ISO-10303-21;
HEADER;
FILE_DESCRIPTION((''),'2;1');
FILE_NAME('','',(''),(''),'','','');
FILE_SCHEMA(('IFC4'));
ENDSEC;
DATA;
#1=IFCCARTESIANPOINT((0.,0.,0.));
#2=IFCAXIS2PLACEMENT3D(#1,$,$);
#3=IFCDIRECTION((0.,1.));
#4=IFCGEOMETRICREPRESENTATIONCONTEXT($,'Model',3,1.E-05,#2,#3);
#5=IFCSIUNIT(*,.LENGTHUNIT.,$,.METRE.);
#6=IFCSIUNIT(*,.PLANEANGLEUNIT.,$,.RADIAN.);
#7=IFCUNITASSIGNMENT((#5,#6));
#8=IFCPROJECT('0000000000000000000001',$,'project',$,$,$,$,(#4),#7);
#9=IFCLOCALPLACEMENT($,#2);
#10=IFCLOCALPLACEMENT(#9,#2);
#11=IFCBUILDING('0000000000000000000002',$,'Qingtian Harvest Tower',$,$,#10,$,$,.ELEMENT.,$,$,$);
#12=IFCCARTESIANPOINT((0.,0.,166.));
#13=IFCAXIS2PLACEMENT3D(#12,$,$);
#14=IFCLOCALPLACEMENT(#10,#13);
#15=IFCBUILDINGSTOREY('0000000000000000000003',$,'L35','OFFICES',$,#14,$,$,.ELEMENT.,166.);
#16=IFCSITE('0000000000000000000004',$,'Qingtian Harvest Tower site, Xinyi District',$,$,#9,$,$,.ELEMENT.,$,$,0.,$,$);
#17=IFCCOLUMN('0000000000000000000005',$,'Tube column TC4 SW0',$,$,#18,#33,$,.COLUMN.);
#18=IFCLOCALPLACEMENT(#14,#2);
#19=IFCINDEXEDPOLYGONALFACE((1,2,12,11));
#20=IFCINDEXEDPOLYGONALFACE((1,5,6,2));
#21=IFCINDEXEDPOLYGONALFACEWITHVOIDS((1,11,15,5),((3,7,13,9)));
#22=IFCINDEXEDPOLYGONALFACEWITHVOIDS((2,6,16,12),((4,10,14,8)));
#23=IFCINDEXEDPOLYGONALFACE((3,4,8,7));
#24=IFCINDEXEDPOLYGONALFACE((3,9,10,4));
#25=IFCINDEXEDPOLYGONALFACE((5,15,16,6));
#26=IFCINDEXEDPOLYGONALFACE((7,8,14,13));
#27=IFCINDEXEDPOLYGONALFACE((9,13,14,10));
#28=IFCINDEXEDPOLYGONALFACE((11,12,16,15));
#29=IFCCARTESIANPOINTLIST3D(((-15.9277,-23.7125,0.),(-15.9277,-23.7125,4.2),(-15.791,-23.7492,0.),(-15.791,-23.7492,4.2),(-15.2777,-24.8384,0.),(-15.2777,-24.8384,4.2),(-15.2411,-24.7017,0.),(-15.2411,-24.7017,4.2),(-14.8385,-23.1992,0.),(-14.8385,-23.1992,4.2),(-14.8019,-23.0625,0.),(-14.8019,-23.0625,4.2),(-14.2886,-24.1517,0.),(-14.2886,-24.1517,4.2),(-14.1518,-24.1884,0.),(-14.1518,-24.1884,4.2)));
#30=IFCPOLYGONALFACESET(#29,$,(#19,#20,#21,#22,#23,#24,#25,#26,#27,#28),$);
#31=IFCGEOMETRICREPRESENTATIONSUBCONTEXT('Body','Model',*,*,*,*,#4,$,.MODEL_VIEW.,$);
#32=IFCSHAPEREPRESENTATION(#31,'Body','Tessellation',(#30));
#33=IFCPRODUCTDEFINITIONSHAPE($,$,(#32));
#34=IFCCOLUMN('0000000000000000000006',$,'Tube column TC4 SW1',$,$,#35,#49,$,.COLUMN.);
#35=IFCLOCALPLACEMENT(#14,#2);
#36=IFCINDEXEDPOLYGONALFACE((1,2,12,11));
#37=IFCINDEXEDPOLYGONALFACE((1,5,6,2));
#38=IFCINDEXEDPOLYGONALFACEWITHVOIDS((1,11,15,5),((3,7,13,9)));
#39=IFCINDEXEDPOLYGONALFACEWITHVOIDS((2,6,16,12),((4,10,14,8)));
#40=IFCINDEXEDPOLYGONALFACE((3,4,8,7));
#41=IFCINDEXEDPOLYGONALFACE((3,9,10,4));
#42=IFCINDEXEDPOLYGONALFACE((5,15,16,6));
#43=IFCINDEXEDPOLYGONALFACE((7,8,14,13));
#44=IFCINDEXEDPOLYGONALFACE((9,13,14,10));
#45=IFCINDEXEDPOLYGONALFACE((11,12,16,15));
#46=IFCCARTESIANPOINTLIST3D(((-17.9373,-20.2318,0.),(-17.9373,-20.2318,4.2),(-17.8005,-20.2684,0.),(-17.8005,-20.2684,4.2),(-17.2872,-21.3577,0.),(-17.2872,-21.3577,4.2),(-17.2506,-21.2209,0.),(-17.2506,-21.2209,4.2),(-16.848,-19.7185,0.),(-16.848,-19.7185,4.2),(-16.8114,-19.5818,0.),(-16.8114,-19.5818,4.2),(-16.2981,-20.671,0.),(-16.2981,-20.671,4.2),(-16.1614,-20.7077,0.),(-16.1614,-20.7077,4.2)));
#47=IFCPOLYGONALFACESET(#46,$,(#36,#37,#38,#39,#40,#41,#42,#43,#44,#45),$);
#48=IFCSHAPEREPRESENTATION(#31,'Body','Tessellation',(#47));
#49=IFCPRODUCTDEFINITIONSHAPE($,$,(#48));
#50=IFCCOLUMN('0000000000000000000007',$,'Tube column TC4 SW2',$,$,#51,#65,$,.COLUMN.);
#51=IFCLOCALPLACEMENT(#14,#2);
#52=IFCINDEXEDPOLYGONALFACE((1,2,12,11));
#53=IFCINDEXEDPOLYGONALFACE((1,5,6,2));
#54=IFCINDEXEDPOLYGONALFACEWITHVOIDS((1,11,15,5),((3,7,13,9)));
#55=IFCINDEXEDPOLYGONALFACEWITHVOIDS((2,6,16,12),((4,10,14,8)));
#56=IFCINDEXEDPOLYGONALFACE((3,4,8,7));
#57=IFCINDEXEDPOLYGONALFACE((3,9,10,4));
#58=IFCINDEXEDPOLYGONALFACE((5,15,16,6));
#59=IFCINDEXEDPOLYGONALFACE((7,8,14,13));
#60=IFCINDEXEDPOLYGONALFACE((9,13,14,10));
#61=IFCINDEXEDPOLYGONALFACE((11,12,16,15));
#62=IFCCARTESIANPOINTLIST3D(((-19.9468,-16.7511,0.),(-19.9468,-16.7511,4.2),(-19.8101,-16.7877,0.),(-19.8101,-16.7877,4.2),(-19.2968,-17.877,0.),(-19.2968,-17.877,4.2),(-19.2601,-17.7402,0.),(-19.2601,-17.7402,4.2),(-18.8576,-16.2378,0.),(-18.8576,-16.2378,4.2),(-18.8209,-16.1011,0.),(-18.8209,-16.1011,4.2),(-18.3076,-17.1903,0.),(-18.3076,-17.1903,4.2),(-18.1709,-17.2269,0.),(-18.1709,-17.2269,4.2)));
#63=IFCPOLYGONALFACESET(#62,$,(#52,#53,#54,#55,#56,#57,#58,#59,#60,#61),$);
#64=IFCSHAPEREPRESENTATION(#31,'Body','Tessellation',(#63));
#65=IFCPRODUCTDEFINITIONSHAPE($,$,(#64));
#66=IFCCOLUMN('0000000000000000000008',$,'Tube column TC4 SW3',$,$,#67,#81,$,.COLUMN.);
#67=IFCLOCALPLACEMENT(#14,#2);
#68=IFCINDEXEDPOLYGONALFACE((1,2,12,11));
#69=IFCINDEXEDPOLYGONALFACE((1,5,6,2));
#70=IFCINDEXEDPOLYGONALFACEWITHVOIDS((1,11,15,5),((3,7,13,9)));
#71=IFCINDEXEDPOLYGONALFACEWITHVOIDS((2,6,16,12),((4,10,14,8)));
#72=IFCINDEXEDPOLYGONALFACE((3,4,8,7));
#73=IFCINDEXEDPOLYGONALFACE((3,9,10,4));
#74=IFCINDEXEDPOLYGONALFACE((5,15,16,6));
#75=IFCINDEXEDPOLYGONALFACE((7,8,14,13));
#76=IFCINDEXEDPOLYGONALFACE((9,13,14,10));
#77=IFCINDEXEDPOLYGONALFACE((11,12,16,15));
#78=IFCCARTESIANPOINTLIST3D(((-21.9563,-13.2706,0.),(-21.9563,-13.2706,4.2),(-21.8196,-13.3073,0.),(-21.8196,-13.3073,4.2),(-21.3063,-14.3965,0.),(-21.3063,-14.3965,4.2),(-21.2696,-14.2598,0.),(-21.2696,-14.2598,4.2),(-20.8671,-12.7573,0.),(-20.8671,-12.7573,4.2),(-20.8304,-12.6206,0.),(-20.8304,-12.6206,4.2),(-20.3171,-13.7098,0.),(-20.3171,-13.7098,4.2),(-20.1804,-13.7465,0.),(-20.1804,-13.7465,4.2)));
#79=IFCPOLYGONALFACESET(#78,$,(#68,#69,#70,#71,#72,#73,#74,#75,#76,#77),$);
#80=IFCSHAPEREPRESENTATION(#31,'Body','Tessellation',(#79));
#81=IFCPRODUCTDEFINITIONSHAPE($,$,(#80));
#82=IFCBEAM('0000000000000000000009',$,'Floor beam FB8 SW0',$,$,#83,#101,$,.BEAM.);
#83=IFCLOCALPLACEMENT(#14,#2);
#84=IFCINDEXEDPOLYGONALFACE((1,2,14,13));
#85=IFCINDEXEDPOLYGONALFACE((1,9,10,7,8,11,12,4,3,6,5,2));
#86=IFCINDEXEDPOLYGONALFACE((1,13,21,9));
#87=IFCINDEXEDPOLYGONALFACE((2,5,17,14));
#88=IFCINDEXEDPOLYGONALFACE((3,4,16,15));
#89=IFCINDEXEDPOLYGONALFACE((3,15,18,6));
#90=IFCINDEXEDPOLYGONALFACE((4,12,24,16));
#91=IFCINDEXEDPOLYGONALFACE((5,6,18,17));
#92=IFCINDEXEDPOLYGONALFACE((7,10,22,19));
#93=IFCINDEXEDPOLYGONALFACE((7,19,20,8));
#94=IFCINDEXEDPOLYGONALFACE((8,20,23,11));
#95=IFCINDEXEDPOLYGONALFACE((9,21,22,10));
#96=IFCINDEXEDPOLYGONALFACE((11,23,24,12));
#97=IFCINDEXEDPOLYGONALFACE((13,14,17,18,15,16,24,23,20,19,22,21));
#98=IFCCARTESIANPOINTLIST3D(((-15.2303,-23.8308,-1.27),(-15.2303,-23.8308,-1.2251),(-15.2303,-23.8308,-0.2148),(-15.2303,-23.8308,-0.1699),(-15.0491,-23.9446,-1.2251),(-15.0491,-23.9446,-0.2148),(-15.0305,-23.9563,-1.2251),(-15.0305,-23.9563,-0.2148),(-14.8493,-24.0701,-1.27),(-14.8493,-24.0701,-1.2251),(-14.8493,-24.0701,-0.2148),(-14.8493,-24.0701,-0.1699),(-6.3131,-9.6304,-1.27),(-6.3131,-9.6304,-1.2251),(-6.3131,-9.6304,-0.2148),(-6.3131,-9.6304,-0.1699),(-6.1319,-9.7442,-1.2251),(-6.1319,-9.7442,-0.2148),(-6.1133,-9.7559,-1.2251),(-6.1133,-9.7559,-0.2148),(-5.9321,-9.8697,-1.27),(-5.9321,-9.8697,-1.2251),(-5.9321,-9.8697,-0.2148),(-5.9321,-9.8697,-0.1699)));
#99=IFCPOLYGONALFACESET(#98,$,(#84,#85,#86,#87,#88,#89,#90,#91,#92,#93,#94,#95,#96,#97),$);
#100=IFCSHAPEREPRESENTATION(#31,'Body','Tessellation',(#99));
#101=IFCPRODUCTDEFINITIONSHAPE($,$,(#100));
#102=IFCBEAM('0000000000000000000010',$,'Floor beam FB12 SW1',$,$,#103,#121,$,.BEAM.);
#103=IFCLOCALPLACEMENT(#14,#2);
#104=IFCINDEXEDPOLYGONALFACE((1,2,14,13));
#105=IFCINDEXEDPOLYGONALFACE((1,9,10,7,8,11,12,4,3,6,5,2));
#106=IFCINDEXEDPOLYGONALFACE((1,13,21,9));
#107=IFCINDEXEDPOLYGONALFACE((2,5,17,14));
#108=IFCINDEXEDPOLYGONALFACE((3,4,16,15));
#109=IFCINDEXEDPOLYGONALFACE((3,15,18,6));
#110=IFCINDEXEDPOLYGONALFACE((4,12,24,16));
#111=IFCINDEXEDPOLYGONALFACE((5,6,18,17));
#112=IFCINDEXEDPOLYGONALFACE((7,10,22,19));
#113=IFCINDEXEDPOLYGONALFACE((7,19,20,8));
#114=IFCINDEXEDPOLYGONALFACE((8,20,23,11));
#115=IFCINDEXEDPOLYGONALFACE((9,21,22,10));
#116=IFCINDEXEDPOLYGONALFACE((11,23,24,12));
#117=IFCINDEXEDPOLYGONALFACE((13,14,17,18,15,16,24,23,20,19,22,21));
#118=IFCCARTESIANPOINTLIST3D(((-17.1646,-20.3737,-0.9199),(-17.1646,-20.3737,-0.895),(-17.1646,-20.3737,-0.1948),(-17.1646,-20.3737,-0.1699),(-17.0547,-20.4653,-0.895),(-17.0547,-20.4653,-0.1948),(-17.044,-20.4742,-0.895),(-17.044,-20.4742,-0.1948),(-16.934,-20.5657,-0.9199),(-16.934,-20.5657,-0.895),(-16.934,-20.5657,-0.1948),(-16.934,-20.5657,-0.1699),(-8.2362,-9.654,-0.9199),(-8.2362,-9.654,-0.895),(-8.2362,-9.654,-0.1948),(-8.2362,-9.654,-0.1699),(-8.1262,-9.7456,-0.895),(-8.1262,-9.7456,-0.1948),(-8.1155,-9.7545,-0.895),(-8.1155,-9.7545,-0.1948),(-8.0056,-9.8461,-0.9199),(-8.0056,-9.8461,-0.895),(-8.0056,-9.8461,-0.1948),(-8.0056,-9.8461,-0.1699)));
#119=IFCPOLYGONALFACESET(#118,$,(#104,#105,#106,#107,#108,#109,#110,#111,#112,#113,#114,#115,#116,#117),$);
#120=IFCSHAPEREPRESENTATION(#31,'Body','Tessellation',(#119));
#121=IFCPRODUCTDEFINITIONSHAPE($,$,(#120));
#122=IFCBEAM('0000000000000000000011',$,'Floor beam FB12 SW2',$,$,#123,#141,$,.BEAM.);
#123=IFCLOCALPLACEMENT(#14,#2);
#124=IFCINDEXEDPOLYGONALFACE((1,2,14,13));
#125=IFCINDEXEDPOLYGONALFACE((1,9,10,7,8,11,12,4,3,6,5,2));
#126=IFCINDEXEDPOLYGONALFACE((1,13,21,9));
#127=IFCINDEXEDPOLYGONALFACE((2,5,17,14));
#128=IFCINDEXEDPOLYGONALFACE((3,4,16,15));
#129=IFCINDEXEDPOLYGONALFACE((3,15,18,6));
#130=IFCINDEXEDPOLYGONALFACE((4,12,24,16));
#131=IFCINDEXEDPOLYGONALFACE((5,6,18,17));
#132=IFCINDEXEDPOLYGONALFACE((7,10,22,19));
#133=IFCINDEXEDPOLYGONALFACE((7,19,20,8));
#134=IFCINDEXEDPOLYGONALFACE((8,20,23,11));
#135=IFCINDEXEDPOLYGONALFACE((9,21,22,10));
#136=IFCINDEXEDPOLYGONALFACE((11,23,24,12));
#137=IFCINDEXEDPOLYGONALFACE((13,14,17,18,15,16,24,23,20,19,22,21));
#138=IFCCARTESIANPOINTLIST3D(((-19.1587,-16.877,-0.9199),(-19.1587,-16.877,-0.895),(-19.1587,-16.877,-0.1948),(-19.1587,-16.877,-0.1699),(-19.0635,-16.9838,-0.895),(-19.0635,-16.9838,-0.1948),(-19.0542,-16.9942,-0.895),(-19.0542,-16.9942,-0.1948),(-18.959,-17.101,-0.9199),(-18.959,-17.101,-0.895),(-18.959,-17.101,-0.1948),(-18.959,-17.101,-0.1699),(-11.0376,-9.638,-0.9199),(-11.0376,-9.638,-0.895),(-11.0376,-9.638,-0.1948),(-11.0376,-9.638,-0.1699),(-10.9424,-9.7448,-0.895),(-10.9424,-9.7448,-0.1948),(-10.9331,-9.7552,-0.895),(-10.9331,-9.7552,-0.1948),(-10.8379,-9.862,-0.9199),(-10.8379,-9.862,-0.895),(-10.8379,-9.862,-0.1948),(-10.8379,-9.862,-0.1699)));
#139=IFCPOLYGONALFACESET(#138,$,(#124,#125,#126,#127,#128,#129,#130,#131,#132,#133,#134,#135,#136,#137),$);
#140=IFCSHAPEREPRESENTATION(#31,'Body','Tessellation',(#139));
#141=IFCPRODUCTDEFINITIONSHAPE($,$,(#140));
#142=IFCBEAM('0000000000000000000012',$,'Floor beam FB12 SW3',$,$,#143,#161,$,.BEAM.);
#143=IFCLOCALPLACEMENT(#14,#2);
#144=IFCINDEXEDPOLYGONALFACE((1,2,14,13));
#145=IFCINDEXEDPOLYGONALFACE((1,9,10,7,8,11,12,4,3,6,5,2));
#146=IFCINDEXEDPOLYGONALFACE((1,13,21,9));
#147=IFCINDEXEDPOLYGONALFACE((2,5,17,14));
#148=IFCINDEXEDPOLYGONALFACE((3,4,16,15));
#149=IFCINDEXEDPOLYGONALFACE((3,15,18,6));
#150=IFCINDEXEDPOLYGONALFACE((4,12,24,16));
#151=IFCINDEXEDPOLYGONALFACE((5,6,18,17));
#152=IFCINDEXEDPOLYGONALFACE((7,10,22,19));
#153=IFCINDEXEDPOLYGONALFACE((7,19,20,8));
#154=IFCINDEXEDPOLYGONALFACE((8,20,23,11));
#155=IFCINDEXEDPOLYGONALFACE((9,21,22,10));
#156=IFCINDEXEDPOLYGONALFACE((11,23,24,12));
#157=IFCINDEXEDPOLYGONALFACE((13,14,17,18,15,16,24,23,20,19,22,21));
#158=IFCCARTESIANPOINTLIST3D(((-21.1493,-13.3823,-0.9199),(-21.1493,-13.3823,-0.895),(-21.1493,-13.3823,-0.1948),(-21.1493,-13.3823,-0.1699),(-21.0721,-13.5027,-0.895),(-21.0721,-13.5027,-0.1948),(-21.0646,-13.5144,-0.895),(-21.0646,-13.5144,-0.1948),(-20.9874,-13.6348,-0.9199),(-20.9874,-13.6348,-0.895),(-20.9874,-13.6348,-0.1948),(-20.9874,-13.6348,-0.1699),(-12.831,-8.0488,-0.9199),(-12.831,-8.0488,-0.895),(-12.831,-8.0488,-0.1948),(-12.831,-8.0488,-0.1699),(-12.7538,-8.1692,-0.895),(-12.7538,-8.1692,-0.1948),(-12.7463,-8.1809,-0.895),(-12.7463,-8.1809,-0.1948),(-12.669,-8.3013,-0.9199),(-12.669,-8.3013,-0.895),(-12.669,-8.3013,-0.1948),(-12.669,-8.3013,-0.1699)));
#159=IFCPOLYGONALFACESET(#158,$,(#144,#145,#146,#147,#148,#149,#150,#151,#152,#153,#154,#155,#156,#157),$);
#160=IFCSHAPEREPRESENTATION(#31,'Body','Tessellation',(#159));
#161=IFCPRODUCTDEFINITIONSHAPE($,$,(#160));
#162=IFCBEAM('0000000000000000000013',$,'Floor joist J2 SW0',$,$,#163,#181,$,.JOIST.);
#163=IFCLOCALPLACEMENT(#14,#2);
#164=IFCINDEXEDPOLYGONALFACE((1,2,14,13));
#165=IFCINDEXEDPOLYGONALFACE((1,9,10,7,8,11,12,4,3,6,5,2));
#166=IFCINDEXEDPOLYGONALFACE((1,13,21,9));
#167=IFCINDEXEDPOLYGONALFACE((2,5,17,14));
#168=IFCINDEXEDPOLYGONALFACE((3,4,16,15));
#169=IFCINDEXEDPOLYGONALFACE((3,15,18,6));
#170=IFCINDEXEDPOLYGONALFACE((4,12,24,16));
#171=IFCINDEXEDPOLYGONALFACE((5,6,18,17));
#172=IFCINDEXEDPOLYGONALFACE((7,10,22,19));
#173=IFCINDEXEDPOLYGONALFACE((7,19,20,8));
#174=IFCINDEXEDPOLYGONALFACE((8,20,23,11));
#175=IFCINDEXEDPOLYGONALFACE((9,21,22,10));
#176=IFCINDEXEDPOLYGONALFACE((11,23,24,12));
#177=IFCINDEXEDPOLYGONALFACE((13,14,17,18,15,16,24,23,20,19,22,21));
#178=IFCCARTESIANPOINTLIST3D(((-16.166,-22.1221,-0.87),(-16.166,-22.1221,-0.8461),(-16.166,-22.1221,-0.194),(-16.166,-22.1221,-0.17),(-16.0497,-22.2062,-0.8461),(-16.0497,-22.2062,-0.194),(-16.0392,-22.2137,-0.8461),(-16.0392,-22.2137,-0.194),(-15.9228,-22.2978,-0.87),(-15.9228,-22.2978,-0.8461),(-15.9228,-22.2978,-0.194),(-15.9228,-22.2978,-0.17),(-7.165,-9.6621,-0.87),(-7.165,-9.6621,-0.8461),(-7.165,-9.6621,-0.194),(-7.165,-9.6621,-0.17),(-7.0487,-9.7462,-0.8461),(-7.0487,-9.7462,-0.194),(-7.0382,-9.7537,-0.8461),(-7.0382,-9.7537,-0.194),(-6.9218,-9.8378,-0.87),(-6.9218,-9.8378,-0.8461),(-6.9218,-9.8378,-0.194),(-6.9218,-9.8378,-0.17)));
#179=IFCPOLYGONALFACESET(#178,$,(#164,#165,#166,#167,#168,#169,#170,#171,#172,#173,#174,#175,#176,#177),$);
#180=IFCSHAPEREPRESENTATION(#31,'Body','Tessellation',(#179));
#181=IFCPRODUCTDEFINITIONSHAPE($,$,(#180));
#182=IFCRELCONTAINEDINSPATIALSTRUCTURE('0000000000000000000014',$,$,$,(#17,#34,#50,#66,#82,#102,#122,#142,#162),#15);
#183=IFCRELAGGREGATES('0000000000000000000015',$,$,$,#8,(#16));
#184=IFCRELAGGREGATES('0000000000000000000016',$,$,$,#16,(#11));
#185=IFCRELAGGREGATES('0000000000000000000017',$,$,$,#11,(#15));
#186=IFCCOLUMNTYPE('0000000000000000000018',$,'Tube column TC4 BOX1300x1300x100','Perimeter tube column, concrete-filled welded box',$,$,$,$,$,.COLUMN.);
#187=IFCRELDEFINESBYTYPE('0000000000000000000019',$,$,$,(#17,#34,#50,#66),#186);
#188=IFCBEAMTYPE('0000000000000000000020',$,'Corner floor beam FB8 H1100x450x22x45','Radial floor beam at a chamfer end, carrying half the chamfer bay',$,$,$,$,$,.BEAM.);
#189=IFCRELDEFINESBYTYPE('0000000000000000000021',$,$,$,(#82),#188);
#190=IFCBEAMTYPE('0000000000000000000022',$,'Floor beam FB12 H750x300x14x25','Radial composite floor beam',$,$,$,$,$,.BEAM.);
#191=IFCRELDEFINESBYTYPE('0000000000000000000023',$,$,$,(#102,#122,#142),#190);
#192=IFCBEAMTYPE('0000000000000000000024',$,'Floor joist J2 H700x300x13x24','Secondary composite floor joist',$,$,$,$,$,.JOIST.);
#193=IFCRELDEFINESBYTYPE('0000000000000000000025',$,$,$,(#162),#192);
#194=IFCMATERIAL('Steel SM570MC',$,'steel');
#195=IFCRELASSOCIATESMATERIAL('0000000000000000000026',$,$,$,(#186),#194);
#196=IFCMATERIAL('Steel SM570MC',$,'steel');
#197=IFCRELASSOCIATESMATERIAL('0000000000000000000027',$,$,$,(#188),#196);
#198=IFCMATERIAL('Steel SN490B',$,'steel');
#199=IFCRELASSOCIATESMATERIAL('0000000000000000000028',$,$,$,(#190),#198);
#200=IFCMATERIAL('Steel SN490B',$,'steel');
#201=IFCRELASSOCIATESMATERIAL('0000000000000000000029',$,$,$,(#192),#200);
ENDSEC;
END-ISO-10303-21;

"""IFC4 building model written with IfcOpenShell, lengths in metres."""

from ifc_helpers import new_model, si_unit, direction, frame, origin, origin_2d, place, context, subcontext, project, spatial, hollow_rectangle, i_section, extrude, material, material_profile, profile_set, type_object, element, save


model = new_model("IFC4")

# Units and contexts
model_context = context("Model", 3, precision=1e-05, world=origin(), true_north=direction((0.0, 1.0)))
body_context = subcontext(model_context, "Body", "Model", "MODEL_VIEW")
ifc_project = project(units=[si_unit("LENGTHUNIT", "METRE"), si_unit("PLANEANGLEUNIT", "RADIAN")], contexts=[model_context])

# Site, building, storey
site_placement = place(None, origin())
site = spatial("IfcSite", under=ifc_project, at=site_placement, Name="Qingtian Harvest Tower site, Xinyi District", CompositionType="ELEMENT", RefElevation=0.0)
building_placement = place(site_placement, origin())
building = spatial("IfcBuilding", under=site, at=building_placement, Name="Qingtian Harvest Tower", CompositionType="ELEMENT")
storey_placement = place(building_placement, frame((0.0, 0.0, 166.0)))
storey = spatial("IfcBuildingStorey", under=building, at=storey_placement, Name="L35", Description="OFFICES", CompositionType="ELEMENT", Elevation=166.0)

# Columns
ifc_material_1 = material(Name="Steel SM570MC", Category="steel")
ifc_material_profile_1 = material_profile(ifc_material_1, hollow_rectangle(XDim=1.3, YDim=1.3, WallThickness=0.1001, at=origin_2d()), Name="BOX1300x1300x100")
ifc_profile_set_1 = profile_set([ifc_material_profile_1], Name="Steel SM570MC")
column_type = type_object("IfcColumnType", Name="Tube column TC4 BOX1300x1300x100", Description="Perimeter tube column, concrete-filled welded box", PredefinedType="COLUMN", material=ifc_profile_set_1)
for number, where, z_axis, x_axis, name in (
    (1, (-15.0398, -23.9504, 0.0), (0.0, 0.0, 1.0), (0.5, -0.866025, 0.0), "Tube column TC4 SW0"),
    (2, (-17.0493, -20.4697, 0.0), (0.0, 0.0, 1.0), (0.5, -0.866025, 0.0), "Tube column TC4 SW1"),
    (3, (-19.0588, -16.989, 0.0), (0.0, 0.0, 1.0), (0.5, -0.866025, 0.0), "Tube column TC4 SW2"),
    (4, (-21.0684, -13.5085, 0.0), (0.0, 0.0, 1.0), (0.5, -0.866025, 0.0), "Tube column TC4 SW3"),
):
    element("IfcColumn", number, at=place(storey_placement, frame(where, z_axis=z_axis, x_axis=x_axis)), inside=storey, type_object=column_type, Name=name, PredefinedType="COLUMN", context=body_context, shape_type="SweptSolid", body=[
        extrude(hollow_rectangle(XDim=1.3, YDim=1.3, WallThickness=0.1001, at=origin_2d()), origin(), (0.0, 0.0, 1.0), 4.2),
    ])

# Beams
ifc_material_2 = material(Name="Steel SM570MC", Category="steel")
ifc_material_profile_2 = material_profile(ifc_material_2, i_section(OverallWidth=0.45, OverallDepth=1.1001, WebThickness=0.022, FlangeThickness=0.0449, at=origin_2d()), Name="H1100x450x22x45")
ifc_profile_set_2 = profile_set([ifc_material_profile_2], Name="Steel SM570MC")
beam_type_1 = type_object("IfcBeamType", Name="Corner floor beam FB8 H1100x450x22x45", Description="Radial floor beam at a chamfer end, carrying half the chamfer bay", PredefinedType="BEAM", material=ifc_profile_set_2)
beam_1_placement = place(storey_placement, frame((-15.0398, -23.9504, -0.72), z_axis=(0.531797, 0.846872, 0.0), x_axis=(-0.846872, 0.531797, 0.0)))
element("IfcBeam", 5, at=beam_1_placement, inside=storey, type_object=beam_type_1, Name="Floor beam FB8 SW0", PredefinedType="BEAM", context=body_context, shape_type="SweptSolid", body=[
    extrude(i_section(OverallWidth=0.45, OverallDepth=1.1001, WebThickness=0.022, FlangeThickness=0.0449, at=origin_2d()), origin(), (0.0, 0.0, 1.0), 16.7681),
])
ifc_material_3 = material(Name="Steel SN490B", Category="steel")
ifc_material_profile_3 = material_profile(ifc_material_3, i_section(OverallWidth=0.3, OverallDepth=0.75, WebThickness=0.0139, FlangeThickness=0.0249, at=origin_2d()), Name="H750x300x14x25")
ifc_profile_set_3 = profile_set([ifc_material_profile_3], Name="Steel SN490B")
beam_type_2 = type_object("IfcBeamType", Name="Floor beam FB12 H750x300x14x25", Description="Radial composite floor beam", PredefinedType="BEAM", material=ifc_profile_set_3)
beam_2_placement = place(storey_placement, frame((-17.0493, -20.4697, -0.5449), z_axis=(0.639988, 0.768385, 0.0), x_axis=(-0.768385, 0.639988, 0.0)))
element("IfcBeam", 6, at=beam_2_placement, inside=storey, type_object=beam_type_2, Name="Floor beam FB12 SW1", PredefinedType="BEAM", context=body_context, shape_type="SweptSolid", body=[
    extrude(i_section(OverallWidth=0.3, OverallDepth=0.75, WebThickness=0.0139, FlangeThickness=0.0249, at=origin_2d()), origin(), (0.0, 0.0, 1.0), 13.9509),
])
beam_3_placement = place(storey_placement, frame((-19.0588, -16.989, -0.5449), z_axis=(0.746484, 0.665404, 0.0), x_axis=(-0.665404, 0.746484, 0.0)))
element("IfcBeam", 7, at=beam_3_placement, inside=storey, type_object=beam_type_2, Name="Floor beam FB12 SW2", PredefinedType="BEAM", context=body_context, shape_type="SweptSolid", body=[
    extrude(i_section(OverallWidth=0.3, OverallDepth=0.75, WebThickness=0.0139, FlangeThickness=0.0249, at=origin_2d()), origin(), (0.0, 0.0, 1.0), 10.8792),
])
beam_4_placement = place(storey_placement, frame((-21.0684, -13.5085, -0.5449), z_axis=(0.841823, 0.539753, 0.0), x_axis=(-0.539753, 0.841823, 0.0)))
element("IfcBeam", 8, at=beam_4_placement, inside=storey, type_object=beam_type_2, Name="Floor beam FB12 SW3", PredefinedType="BEAM", context=body_context, shape_type="SweptSolid", body=[
    extrude(i_section(OverallWidth=0.3, OverallDepth=0.75, WebThickness=0.0139, FlangeThickness=0.0249, at=origin_2d()), origin(), (0.0, 0.0, 1.0), 9.8813),
])
ifc_material_4 = material(Name="Steel SN490B", Category="steel")
ifc_material_profile_4 = material_profile(ifc_material_4, i_section(OverallWidth=0.3, OverallDepth=0.7, WebThickness=0.0129, FlangeThickness=0.0239, at=origin_2d()), Name="H700x300x13x24")
ifc_profile_set_4 = profile_set([ifc_material_profile_4], Name="Steel SN490B")
beam_type_3 = type_object("IfcBeamType", Name="Floor joist J2 H700x300x13x24", Description="Secondary composite floor joist", PredefinedType="JOIST", material=ifc_profile_set_4)
beam_5_placement = place(storey_placement, frame((-16.0444, -22.21, -0.52), z_axis=(0.585581, 0.810614, 0.0), x_axis=(-0.810614, 0.585581, 0.0)))
element("IfcBeam", 9, at=beam_5_placement, inside=storey, type_object=beam_type_3, Name="Floor joist J2 SW0", PredefinedType="JOIST", context=body_context, shape_type="SweptSolid", body=[
    extrude(i_section(OverallWidth=0.3, OverallDepth=0.7, WebThickness=0.0129, FlangeThickness=0.0239, at=origin_2d()), origin(), (0.0, 0.0, 1.0), 15.3711),
])

save(model, "model.ifc")
